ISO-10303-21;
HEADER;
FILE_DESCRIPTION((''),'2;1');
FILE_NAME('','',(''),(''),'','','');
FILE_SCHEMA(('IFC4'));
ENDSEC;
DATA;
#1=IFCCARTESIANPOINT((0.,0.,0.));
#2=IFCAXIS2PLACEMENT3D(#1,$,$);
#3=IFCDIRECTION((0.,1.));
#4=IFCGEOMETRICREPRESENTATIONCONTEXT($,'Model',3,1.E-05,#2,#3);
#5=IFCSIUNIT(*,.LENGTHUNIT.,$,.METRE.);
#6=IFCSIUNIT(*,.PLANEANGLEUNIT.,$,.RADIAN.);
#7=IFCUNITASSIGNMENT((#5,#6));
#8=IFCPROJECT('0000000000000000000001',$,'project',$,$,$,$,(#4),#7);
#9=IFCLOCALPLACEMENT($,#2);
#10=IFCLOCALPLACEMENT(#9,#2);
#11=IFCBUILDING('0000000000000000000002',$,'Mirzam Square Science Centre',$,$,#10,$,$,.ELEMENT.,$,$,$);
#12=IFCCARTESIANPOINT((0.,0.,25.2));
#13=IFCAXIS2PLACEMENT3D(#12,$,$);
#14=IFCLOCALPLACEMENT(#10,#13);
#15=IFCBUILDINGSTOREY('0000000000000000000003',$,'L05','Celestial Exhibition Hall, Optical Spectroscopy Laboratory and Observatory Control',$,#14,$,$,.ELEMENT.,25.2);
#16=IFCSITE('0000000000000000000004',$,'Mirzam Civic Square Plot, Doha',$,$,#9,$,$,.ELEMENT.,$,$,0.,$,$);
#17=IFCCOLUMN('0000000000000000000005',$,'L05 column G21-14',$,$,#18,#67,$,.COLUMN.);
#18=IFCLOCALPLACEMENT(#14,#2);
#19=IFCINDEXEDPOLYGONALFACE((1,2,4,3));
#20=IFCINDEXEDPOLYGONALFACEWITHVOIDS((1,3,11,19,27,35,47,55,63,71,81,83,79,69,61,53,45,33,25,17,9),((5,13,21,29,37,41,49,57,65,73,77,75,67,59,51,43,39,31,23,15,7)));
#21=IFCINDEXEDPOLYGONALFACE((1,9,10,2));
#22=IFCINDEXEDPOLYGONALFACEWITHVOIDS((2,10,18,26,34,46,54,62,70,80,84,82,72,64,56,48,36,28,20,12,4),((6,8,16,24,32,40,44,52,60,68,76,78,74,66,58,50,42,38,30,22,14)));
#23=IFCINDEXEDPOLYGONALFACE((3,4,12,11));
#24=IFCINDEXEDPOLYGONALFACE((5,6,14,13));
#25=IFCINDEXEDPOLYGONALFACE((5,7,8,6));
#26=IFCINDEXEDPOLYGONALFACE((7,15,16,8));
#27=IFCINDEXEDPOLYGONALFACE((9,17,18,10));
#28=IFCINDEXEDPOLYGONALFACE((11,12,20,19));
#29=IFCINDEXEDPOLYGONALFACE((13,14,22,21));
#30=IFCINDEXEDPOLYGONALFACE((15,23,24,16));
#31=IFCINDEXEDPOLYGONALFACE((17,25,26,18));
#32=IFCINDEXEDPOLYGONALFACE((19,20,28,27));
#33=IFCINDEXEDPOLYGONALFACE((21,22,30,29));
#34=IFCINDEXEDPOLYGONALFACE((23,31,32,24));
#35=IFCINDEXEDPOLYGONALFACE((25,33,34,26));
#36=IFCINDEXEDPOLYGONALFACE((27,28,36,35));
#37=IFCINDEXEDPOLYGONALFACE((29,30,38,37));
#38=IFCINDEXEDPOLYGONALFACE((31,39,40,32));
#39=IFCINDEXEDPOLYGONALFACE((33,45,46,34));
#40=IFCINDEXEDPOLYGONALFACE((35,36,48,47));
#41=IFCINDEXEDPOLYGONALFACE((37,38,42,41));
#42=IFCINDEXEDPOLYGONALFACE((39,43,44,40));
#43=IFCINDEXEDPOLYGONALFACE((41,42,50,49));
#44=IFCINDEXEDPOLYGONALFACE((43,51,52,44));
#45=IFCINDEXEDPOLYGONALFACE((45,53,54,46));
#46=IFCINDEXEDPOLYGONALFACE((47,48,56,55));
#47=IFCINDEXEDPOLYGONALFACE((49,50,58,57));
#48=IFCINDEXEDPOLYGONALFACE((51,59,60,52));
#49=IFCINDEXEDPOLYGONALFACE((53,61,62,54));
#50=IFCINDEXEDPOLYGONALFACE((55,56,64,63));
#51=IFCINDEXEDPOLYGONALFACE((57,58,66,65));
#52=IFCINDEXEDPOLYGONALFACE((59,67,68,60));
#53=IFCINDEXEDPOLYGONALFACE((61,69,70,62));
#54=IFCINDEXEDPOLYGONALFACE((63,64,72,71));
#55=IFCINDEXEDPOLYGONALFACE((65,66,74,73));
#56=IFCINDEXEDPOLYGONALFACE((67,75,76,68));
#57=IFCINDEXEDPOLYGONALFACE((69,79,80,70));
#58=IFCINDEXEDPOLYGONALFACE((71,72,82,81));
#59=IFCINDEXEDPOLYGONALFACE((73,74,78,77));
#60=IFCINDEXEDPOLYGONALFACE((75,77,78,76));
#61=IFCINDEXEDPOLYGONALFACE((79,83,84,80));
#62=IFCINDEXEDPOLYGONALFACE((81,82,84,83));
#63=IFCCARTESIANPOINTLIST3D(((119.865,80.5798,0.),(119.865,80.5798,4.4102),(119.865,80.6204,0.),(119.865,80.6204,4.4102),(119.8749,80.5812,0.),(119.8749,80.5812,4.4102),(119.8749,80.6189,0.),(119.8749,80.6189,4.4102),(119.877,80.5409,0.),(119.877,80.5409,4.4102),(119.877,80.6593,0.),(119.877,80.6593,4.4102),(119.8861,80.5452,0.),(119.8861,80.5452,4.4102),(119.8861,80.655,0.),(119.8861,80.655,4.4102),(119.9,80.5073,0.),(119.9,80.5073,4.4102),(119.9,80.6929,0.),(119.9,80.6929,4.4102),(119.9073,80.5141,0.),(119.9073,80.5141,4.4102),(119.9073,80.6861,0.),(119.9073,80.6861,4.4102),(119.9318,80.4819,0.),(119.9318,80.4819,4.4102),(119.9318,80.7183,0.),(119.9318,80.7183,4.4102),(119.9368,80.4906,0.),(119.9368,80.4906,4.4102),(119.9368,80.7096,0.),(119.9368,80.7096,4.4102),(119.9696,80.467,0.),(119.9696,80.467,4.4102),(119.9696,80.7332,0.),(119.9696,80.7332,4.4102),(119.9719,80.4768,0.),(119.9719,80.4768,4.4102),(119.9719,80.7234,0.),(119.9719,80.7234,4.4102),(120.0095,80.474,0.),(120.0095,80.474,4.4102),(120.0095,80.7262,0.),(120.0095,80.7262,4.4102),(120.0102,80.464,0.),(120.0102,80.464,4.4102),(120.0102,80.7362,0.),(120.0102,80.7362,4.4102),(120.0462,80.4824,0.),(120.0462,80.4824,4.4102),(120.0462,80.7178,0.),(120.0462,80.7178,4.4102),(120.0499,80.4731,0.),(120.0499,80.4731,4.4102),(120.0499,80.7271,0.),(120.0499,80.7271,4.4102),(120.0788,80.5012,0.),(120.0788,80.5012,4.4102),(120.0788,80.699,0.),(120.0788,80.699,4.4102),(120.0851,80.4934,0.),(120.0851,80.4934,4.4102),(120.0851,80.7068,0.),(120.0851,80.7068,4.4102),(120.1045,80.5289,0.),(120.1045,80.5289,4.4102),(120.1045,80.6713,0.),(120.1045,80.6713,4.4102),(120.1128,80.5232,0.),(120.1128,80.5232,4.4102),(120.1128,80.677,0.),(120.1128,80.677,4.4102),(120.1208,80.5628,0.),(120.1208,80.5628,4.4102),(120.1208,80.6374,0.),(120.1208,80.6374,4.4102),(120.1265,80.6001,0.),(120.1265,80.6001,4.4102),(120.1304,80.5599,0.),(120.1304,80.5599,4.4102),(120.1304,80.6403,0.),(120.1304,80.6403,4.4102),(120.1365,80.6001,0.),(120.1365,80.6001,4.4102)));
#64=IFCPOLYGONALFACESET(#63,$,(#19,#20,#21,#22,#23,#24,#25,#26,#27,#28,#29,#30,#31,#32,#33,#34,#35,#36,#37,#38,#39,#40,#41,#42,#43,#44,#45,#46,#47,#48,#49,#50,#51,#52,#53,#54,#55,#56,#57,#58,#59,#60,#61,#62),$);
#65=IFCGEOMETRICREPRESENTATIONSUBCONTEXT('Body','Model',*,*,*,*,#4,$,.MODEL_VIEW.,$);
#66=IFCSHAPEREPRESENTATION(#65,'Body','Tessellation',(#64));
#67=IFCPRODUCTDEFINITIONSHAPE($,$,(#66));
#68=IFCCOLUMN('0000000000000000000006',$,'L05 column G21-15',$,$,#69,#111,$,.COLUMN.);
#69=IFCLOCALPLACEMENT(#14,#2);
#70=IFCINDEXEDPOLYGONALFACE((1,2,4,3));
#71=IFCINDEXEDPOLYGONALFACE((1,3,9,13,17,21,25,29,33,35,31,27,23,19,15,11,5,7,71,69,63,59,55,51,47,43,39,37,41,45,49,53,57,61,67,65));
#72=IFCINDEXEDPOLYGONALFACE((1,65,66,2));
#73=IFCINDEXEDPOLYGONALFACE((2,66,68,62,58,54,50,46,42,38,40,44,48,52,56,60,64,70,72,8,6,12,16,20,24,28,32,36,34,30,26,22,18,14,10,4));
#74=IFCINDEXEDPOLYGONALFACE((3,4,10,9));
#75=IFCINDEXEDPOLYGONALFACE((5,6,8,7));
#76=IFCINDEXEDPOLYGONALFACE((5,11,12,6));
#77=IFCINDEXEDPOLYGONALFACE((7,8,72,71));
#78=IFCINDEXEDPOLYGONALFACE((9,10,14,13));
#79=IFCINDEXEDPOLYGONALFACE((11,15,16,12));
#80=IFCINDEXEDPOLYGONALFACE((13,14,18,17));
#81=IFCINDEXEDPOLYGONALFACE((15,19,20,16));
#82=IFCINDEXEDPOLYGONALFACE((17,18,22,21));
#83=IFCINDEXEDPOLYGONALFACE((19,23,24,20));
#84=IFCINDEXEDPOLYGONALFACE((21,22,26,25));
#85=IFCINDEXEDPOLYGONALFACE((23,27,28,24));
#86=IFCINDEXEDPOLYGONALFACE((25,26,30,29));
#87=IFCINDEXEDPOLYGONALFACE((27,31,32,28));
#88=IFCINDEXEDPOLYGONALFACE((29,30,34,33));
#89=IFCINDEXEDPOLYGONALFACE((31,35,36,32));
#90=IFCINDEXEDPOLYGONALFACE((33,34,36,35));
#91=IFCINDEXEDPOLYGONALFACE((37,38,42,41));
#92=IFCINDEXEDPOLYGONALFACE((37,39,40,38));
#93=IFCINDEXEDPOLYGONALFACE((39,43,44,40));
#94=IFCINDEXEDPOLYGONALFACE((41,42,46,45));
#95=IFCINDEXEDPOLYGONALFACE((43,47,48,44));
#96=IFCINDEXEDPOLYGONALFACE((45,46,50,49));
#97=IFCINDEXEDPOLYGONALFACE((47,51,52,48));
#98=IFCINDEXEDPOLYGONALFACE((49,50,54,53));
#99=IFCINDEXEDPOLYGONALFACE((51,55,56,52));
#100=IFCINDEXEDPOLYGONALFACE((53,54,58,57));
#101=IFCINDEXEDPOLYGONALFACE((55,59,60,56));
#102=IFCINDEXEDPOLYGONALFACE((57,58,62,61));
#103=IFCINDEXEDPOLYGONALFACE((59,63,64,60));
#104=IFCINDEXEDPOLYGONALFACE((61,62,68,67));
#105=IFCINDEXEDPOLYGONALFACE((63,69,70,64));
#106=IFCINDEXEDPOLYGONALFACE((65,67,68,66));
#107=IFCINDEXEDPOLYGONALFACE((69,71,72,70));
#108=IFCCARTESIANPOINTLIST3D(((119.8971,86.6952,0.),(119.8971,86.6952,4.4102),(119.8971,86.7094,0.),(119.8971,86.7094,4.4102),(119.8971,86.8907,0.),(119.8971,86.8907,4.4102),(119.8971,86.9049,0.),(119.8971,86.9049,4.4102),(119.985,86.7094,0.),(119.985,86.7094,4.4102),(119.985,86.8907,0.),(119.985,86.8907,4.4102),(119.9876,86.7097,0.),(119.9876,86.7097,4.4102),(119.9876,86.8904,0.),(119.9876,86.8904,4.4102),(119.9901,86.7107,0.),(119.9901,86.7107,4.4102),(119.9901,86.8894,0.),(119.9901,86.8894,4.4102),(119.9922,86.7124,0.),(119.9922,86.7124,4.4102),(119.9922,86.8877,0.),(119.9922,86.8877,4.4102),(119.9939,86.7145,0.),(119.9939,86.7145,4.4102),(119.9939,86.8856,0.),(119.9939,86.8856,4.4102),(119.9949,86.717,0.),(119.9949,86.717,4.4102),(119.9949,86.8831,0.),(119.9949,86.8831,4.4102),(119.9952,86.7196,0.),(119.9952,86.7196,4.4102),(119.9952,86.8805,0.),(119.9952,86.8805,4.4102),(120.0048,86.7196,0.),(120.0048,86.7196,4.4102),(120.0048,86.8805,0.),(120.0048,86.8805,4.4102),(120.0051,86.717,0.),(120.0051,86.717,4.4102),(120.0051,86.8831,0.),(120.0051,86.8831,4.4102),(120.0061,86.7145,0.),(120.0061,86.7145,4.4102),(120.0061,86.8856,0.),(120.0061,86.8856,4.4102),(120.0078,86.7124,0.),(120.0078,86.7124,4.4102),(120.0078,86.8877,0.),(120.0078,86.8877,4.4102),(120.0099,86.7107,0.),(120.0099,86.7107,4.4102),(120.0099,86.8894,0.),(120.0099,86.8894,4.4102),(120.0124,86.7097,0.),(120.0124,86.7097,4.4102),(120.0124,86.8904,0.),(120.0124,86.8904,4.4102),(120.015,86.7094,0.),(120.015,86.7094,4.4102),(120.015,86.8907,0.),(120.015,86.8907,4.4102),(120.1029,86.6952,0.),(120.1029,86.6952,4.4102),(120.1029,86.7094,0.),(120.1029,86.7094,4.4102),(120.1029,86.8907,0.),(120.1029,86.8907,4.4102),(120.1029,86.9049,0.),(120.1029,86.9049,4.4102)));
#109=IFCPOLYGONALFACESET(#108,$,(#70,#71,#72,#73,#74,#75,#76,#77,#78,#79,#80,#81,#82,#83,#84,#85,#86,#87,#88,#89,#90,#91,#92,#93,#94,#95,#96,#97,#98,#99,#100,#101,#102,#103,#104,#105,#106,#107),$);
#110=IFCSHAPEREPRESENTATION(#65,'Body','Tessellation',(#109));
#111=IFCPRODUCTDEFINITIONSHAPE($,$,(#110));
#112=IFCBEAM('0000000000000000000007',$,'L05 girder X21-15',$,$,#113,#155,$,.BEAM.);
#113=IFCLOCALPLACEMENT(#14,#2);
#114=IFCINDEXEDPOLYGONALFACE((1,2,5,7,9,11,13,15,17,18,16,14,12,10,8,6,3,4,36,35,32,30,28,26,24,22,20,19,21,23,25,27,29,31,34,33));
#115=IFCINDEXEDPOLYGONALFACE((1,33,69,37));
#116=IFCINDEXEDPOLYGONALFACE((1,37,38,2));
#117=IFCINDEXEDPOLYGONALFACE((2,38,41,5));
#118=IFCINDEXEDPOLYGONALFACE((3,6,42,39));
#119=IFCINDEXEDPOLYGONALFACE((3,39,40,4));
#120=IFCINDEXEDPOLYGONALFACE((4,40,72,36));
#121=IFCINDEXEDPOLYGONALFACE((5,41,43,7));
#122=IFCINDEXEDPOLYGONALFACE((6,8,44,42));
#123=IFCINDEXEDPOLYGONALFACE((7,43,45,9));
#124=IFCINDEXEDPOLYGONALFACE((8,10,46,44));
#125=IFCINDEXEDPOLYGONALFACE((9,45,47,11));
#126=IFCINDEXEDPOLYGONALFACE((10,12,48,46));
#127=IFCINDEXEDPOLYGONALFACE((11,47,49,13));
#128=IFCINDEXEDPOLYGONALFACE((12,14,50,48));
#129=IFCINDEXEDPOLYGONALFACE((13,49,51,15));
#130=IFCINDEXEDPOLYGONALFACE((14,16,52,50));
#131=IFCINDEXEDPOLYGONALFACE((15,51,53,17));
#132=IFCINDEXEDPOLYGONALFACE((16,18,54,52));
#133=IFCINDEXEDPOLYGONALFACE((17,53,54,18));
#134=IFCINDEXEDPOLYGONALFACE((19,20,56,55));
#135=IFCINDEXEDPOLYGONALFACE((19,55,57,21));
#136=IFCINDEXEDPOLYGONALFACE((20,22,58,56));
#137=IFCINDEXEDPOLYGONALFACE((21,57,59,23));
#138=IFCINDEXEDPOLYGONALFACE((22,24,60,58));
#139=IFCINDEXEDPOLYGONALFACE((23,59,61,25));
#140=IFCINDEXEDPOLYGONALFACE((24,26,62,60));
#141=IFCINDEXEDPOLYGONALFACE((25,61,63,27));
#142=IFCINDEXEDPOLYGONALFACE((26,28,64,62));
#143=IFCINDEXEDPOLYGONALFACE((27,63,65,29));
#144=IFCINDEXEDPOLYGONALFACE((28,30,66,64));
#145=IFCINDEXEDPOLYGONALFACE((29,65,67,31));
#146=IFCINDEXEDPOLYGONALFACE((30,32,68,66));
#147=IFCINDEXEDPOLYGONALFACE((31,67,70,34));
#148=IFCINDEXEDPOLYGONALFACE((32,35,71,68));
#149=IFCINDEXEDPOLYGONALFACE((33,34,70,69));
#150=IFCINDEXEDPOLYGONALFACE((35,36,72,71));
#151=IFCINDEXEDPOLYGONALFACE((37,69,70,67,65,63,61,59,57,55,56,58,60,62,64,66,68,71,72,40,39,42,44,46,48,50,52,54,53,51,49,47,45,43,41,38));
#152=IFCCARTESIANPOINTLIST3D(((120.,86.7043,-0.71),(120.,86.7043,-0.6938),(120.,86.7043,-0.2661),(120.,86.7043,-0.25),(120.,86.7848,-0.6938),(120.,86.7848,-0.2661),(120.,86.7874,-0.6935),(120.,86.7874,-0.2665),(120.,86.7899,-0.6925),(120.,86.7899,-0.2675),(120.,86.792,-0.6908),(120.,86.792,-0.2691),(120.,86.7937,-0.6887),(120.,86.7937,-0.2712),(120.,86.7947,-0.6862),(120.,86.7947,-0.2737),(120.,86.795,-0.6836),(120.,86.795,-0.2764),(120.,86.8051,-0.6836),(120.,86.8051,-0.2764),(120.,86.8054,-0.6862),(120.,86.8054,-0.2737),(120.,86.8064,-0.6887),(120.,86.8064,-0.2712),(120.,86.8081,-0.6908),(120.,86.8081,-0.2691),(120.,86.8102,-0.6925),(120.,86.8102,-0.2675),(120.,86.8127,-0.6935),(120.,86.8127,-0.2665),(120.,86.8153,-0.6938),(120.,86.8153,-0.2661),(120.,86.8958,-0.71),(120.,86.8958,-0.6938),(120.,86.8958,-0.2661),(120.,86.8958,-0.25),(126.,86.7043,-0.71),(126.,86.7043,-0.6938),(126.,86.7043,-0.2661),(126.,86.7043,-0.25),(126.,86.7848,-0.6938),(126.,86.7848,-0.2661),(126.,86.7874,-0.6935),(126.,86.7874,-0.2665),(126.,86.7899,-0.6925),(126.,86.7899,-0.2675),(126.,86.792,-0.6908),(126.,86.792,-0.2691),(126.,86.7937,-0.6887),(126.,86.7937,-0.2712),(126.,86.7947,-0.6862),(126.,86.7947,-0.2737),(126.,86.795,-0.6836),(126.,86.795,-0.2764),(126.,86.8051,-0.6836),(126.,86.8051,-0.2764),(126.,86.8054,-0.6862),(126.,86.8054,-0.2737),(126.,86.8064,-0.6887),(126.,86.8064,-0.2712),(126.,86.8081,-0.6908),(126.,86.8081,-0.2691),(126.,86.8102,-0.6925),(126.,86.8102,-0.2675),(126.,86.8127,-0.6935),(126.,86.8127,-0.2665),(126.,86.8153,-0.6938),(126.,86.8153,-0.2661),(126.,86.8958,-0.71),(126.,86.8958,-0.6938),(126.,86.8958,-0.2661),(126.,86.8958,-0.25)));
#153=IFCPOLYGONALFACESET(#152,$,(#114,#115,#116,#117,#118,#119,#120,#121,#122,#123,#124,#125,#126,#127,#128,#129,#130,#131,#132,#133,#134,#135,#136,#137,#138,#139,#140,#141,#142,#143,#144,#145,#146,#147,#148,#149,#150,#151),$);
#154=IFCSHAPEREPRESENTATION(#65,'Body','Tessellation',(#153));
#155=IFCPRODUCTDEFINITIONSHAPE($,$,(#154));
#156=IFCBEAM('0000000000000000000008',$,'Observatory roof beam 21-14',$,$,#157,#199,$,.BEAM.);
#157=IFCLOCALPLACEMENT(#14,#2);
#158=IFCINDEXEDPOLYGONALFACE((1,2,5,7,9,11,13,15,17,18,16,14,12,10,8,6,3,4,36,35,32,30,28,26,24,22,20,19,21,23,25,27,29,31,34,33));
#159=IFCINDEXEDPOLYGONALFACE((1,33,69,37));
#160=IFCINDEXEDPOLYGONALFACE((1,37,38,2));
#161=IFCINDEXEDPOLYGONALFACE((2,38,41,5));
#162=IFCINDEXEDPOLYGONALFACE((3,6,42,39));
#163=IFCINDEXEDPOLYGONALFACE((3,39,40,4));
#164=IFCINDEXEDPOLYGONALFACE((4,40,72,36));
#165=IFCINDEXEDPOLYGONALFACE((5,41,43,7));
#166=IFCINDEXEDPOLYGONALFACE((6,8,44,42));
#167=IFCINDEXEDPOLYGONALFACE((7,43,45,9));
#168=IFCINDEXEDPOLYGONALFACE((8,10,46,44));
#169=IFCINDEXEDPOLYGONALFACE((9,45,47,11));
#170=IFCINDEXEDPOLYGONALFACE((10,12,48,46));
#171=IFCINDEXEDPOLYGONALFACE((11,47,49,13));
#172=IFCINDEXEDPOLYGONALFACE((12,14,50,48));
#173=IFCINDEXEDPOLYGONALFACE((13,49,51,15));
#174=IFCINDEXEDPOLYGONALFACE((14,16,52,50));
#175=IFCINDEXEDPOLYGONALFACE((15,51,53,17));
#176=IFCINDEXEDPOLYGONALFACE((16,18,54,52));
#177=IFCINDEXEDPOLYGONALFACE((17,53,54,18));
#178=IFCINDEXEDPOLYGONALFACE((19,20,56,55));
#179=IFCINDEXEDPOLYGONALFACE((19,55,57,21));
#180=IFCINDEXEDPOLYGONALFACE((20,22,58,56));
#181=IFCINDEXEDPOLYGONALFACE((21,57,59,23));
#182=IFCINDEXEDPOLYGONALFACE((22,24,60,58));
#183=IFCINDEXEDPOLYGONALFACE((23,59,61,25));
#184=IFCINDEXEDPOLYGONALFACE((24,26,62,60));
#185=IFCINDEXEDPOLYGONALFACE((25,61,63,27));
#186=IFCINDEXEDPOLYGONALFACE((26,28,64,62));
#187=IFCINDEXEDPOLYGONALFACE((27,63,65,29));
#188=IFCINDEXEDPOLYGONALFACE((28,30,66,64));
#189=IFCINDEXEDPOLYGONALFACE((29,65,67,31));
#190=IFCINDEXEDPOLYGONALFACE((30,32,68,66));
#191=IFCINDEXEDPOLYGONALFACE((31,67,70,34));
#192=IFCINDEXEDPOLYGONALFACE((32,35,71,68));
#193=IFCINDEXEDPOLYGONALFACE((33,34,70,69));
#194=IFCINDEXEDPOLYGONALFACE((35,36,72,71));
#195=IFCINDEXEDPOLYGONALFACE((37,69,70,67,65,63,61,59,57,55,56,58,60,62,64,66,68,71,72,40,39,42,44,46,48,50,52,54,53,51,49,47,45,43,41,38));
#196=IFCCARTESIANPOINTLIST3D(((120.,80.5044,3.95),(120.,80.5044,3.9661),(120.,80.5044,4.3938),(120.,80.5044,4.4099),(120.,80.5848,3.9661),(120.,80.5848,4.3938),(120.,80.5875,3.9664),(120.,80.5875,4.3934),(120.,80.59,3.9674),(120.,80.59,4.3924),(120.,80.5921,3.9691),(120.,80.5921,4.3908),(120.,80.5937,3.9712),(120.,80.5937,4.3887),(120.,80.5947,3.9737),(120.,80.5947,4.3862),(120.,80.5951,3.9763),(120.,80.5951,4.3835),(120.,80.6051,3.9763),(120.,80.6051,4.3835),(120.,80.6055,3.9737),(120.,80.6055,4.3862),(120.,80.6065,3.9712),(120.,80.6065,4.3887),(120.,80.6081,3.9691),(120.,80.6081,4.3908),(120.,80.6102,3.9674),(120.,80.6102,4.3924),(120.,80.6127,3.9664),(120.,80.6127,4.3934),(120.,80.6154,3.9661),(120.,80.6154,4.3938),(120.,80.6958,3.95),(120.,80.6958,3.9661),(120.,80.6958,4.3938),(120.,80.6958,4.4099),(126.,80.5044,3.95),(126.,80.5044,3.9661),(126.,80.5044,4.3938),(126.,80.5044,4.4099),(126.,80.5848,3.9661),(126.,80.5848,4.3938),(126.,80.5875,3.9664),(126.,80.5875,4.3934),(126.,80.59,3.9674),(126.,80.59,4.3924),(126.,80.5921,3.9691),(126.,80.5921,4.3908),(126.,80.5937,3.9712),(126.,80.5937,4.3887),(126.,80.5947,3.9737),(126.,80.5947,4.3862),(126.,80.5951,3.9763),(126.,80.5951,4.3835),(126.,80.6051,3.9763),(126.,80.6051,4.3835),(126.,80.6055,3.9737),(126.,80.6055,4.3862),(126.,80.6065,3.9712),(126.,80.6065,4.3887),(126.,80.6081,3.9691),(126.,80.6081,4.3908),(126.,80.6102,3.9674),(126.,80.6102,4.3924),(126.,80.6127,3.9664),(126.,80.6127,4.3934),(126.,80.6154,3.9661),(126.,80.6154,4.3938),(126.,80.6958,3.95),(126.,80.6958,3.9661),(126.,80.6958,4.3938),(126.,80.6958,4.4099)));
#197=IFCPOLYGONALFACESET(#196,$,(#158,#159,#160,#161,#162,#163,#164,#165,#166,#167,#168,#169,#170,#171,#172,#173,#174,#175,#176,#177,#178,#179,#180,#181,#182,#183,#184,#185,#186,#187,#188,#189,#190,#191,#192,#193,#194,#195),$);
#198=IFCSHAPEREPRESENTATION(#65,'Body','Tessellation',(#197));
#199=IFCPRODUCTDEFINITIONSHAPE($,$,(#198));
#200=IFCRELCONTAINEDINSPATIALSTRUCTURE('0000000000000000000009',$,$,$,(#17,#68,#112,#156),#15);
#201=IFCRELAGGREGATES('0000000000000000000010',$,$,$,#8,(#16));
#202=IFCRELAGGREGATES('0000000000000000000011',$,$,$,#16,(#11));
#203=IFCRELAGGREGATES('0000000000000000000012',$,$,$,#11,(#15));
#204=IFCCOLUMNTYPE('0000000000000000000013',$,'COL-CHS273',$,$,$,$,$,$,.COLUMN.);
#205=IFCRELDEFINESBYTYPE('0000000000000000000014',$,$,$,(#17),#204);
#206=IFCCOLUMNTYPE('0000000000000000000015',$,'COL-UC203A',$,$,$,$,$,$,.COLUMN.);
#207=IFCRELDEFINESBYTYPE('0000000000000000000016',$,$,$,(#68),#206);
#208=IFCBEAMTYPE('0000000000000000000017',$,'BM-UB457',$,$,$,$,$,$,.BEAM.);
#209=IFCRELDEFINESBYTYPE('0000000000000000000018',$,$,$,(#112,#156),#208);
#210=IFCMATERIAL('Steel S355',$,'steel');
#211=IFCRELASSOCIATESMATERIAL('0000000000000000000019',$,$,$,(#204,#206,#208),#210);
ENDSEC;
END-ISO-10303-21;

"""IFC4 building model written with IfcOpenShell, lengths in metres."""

from ifc_helpers import new_model, si_unit, direction, frame, origin, origin_2d, place, context, subcontext, project, spatial, hollow_circle, i_section, extrude, material, material_profile, profile_set, type_object, element, save


model = new_model("IFC4")

# Units and contexts
model_context = context("Model", 3, precision=1e-05, world=origin(), true_north=direction((0.0, 1.0)))
body_context = subcontext(model_context, "Body", "Model", "MODEL_VIEW")
ifc_project = project(units=[si_unit("LENGTHUNIT", "METRE"), si_unit("PLANEANGLEUNIT", "RADIAN")], contexts=[model_context])

# Site, building, storey
site_placement = place(None, origin())
site = spatial("IfcSite", under=ifc_project, at=site_placement, Name="Mirzam Civic Square Plot, Doha", CompositionType="ELEMENT", RefElevation=0.0)
building_placement = place(site_placement, origin())
building = spatial("IfcBuilding", under=site, at=building_placement, Name="Mirzam Square Science Centre", CompositionType="ELEMENT")
storey_placement = place(building_placement, frame((0.0, 0.0, 25.2)))
storey = spatial("IfcBuildingStorey", under=building, at=storey_placement, Name="L05", Description="Celestial Exhibition Hall, Optical Spectroscopy Laboratory and Observatory Control", CompositionType="ELEMENT", Elevation=25.2)

# Columns
ifc_material_1 = material(Name="Steel S355", Category="steel")
ifc_material_profile_1 = material_profile(ifc_material_1, hollow_circle(Radius=0.1365, WallThickness=0.01, at=origin_2d()), Name="273.0x10.0CHS")
ifc_profile_set_1 = profile_set([ifc_material_profile_1], Name="Steel S355")
column_type_1 = type_object("IfcColumnType", Name="COL-CHS273", PredefinedType="COLUMN", material=ifc_profile_set_1)
column_1_placement = place(storey_placement, frame((120.0, 80.6001, 0.0), z_axis=(0.0, 0.0, 1.0), x_axis=(1.0, 0.0, 0.0)))
element("IfcColumn", 1, at=column_1_placement, inside=storey, type_object=column_type_1, Name="L05 column G21-14", PredefinedType="COLUMN", context=body_context, shape_type="SweptSolid", body=[
    extrude(hollow_circle(Radius=0.1365, WallThickness=0.01, at=origin_2d()), origin(), (0.0, 0.0, 1.0), 4.4102),
])
ifc_material_profile_2 = material_profile(ifc_material_1, i_section(OverallWidth=0.2058, OverallDepth=0.2097, WebThickness=0.0095, FlangeThickness=0.0142, FilletRadius=0.0103, at=origin_2d()), Name="203x203x60UC")
ifc_profile_set_2 = profile_set([ifc_material_profile_2], Name="Steel S355")
column_type_2 = type_object("IfcColumnType", Name="COL-UC203A", PredefinedType="COLUMN", material=ifc_profile_set_2)
column_2_placement = place(storey_placement, frame((120.0, 86.8, 0.0), z_axis=(0.0, 0.0, 1.0), x_axis=(1.0, 0.0, 0.0)))
element("IfcColumn", 2, at=column_2_placement, inside=storey, type_object=column_type_2, Name="L05 column G21-15", PredefinedType="COLUMN", context=body_context, shape_type="SweptSolid", body=[
    extrude(i_section(OverallWidth=0.2058, OverallDepth=0.2097, WebThickness=0.0095, FlangeThickness=0.0142, FilletRadius=0.0103, at=origin_2d()), origin(), (0.0, 0.0, 1.0), 4.4102),
])

# Beams
ifc_material_profile_3 = material_profile(ifc_material_1, i_section(OverallWidth=0.1914, OverallDepth=0.46, WebThickness=0.01, FlangeThickness=0.0161, FilletRadius=0.0103, at=origin_2d()), Name="457x191x82UB")
ifc_profile_set_3 = profile_set([ifc_material_profile_3], Name="Steel S355")
beam_type_1 = type_object("IfcBeamType", Name="BM-UB457", PredefinedType="BEAM", material=ifc_profile_set_3)
for number, where, z_axis, x_axis, name in (
    (3, (120.0, 86.8, -0.48), (1.0, 0.0, 0.0), (0.0, 1.0, 0.0), "L05 girder X21-15"),
    (4, (120.0, 80.6001, 4.1799), (1.0, 0.0, 0.0), (0.0, 1.0, 0.0), "Observatory roof beam 21-14"),
):
    element("IfcBeam", number, at=place(storey_placement, frame(where, z_axis=z_axis, x_axis=x_axis)), inside=storey, type_object=beam_type_1, Name=name, PredefinedType="BEAM", context=body_context, shape_type="SweptSolid", body=[
        extrude(i_section(OverallWidth=0.1914, OverallDepth=0.46, WebThickness=0.01, FlangeThickness=0.0161, FilletRadius=0.0103, at=origin_2d()), origin(), (0.0, 0.0, 1.0), 6.0),
    ])

save(model, "model.ifc")
